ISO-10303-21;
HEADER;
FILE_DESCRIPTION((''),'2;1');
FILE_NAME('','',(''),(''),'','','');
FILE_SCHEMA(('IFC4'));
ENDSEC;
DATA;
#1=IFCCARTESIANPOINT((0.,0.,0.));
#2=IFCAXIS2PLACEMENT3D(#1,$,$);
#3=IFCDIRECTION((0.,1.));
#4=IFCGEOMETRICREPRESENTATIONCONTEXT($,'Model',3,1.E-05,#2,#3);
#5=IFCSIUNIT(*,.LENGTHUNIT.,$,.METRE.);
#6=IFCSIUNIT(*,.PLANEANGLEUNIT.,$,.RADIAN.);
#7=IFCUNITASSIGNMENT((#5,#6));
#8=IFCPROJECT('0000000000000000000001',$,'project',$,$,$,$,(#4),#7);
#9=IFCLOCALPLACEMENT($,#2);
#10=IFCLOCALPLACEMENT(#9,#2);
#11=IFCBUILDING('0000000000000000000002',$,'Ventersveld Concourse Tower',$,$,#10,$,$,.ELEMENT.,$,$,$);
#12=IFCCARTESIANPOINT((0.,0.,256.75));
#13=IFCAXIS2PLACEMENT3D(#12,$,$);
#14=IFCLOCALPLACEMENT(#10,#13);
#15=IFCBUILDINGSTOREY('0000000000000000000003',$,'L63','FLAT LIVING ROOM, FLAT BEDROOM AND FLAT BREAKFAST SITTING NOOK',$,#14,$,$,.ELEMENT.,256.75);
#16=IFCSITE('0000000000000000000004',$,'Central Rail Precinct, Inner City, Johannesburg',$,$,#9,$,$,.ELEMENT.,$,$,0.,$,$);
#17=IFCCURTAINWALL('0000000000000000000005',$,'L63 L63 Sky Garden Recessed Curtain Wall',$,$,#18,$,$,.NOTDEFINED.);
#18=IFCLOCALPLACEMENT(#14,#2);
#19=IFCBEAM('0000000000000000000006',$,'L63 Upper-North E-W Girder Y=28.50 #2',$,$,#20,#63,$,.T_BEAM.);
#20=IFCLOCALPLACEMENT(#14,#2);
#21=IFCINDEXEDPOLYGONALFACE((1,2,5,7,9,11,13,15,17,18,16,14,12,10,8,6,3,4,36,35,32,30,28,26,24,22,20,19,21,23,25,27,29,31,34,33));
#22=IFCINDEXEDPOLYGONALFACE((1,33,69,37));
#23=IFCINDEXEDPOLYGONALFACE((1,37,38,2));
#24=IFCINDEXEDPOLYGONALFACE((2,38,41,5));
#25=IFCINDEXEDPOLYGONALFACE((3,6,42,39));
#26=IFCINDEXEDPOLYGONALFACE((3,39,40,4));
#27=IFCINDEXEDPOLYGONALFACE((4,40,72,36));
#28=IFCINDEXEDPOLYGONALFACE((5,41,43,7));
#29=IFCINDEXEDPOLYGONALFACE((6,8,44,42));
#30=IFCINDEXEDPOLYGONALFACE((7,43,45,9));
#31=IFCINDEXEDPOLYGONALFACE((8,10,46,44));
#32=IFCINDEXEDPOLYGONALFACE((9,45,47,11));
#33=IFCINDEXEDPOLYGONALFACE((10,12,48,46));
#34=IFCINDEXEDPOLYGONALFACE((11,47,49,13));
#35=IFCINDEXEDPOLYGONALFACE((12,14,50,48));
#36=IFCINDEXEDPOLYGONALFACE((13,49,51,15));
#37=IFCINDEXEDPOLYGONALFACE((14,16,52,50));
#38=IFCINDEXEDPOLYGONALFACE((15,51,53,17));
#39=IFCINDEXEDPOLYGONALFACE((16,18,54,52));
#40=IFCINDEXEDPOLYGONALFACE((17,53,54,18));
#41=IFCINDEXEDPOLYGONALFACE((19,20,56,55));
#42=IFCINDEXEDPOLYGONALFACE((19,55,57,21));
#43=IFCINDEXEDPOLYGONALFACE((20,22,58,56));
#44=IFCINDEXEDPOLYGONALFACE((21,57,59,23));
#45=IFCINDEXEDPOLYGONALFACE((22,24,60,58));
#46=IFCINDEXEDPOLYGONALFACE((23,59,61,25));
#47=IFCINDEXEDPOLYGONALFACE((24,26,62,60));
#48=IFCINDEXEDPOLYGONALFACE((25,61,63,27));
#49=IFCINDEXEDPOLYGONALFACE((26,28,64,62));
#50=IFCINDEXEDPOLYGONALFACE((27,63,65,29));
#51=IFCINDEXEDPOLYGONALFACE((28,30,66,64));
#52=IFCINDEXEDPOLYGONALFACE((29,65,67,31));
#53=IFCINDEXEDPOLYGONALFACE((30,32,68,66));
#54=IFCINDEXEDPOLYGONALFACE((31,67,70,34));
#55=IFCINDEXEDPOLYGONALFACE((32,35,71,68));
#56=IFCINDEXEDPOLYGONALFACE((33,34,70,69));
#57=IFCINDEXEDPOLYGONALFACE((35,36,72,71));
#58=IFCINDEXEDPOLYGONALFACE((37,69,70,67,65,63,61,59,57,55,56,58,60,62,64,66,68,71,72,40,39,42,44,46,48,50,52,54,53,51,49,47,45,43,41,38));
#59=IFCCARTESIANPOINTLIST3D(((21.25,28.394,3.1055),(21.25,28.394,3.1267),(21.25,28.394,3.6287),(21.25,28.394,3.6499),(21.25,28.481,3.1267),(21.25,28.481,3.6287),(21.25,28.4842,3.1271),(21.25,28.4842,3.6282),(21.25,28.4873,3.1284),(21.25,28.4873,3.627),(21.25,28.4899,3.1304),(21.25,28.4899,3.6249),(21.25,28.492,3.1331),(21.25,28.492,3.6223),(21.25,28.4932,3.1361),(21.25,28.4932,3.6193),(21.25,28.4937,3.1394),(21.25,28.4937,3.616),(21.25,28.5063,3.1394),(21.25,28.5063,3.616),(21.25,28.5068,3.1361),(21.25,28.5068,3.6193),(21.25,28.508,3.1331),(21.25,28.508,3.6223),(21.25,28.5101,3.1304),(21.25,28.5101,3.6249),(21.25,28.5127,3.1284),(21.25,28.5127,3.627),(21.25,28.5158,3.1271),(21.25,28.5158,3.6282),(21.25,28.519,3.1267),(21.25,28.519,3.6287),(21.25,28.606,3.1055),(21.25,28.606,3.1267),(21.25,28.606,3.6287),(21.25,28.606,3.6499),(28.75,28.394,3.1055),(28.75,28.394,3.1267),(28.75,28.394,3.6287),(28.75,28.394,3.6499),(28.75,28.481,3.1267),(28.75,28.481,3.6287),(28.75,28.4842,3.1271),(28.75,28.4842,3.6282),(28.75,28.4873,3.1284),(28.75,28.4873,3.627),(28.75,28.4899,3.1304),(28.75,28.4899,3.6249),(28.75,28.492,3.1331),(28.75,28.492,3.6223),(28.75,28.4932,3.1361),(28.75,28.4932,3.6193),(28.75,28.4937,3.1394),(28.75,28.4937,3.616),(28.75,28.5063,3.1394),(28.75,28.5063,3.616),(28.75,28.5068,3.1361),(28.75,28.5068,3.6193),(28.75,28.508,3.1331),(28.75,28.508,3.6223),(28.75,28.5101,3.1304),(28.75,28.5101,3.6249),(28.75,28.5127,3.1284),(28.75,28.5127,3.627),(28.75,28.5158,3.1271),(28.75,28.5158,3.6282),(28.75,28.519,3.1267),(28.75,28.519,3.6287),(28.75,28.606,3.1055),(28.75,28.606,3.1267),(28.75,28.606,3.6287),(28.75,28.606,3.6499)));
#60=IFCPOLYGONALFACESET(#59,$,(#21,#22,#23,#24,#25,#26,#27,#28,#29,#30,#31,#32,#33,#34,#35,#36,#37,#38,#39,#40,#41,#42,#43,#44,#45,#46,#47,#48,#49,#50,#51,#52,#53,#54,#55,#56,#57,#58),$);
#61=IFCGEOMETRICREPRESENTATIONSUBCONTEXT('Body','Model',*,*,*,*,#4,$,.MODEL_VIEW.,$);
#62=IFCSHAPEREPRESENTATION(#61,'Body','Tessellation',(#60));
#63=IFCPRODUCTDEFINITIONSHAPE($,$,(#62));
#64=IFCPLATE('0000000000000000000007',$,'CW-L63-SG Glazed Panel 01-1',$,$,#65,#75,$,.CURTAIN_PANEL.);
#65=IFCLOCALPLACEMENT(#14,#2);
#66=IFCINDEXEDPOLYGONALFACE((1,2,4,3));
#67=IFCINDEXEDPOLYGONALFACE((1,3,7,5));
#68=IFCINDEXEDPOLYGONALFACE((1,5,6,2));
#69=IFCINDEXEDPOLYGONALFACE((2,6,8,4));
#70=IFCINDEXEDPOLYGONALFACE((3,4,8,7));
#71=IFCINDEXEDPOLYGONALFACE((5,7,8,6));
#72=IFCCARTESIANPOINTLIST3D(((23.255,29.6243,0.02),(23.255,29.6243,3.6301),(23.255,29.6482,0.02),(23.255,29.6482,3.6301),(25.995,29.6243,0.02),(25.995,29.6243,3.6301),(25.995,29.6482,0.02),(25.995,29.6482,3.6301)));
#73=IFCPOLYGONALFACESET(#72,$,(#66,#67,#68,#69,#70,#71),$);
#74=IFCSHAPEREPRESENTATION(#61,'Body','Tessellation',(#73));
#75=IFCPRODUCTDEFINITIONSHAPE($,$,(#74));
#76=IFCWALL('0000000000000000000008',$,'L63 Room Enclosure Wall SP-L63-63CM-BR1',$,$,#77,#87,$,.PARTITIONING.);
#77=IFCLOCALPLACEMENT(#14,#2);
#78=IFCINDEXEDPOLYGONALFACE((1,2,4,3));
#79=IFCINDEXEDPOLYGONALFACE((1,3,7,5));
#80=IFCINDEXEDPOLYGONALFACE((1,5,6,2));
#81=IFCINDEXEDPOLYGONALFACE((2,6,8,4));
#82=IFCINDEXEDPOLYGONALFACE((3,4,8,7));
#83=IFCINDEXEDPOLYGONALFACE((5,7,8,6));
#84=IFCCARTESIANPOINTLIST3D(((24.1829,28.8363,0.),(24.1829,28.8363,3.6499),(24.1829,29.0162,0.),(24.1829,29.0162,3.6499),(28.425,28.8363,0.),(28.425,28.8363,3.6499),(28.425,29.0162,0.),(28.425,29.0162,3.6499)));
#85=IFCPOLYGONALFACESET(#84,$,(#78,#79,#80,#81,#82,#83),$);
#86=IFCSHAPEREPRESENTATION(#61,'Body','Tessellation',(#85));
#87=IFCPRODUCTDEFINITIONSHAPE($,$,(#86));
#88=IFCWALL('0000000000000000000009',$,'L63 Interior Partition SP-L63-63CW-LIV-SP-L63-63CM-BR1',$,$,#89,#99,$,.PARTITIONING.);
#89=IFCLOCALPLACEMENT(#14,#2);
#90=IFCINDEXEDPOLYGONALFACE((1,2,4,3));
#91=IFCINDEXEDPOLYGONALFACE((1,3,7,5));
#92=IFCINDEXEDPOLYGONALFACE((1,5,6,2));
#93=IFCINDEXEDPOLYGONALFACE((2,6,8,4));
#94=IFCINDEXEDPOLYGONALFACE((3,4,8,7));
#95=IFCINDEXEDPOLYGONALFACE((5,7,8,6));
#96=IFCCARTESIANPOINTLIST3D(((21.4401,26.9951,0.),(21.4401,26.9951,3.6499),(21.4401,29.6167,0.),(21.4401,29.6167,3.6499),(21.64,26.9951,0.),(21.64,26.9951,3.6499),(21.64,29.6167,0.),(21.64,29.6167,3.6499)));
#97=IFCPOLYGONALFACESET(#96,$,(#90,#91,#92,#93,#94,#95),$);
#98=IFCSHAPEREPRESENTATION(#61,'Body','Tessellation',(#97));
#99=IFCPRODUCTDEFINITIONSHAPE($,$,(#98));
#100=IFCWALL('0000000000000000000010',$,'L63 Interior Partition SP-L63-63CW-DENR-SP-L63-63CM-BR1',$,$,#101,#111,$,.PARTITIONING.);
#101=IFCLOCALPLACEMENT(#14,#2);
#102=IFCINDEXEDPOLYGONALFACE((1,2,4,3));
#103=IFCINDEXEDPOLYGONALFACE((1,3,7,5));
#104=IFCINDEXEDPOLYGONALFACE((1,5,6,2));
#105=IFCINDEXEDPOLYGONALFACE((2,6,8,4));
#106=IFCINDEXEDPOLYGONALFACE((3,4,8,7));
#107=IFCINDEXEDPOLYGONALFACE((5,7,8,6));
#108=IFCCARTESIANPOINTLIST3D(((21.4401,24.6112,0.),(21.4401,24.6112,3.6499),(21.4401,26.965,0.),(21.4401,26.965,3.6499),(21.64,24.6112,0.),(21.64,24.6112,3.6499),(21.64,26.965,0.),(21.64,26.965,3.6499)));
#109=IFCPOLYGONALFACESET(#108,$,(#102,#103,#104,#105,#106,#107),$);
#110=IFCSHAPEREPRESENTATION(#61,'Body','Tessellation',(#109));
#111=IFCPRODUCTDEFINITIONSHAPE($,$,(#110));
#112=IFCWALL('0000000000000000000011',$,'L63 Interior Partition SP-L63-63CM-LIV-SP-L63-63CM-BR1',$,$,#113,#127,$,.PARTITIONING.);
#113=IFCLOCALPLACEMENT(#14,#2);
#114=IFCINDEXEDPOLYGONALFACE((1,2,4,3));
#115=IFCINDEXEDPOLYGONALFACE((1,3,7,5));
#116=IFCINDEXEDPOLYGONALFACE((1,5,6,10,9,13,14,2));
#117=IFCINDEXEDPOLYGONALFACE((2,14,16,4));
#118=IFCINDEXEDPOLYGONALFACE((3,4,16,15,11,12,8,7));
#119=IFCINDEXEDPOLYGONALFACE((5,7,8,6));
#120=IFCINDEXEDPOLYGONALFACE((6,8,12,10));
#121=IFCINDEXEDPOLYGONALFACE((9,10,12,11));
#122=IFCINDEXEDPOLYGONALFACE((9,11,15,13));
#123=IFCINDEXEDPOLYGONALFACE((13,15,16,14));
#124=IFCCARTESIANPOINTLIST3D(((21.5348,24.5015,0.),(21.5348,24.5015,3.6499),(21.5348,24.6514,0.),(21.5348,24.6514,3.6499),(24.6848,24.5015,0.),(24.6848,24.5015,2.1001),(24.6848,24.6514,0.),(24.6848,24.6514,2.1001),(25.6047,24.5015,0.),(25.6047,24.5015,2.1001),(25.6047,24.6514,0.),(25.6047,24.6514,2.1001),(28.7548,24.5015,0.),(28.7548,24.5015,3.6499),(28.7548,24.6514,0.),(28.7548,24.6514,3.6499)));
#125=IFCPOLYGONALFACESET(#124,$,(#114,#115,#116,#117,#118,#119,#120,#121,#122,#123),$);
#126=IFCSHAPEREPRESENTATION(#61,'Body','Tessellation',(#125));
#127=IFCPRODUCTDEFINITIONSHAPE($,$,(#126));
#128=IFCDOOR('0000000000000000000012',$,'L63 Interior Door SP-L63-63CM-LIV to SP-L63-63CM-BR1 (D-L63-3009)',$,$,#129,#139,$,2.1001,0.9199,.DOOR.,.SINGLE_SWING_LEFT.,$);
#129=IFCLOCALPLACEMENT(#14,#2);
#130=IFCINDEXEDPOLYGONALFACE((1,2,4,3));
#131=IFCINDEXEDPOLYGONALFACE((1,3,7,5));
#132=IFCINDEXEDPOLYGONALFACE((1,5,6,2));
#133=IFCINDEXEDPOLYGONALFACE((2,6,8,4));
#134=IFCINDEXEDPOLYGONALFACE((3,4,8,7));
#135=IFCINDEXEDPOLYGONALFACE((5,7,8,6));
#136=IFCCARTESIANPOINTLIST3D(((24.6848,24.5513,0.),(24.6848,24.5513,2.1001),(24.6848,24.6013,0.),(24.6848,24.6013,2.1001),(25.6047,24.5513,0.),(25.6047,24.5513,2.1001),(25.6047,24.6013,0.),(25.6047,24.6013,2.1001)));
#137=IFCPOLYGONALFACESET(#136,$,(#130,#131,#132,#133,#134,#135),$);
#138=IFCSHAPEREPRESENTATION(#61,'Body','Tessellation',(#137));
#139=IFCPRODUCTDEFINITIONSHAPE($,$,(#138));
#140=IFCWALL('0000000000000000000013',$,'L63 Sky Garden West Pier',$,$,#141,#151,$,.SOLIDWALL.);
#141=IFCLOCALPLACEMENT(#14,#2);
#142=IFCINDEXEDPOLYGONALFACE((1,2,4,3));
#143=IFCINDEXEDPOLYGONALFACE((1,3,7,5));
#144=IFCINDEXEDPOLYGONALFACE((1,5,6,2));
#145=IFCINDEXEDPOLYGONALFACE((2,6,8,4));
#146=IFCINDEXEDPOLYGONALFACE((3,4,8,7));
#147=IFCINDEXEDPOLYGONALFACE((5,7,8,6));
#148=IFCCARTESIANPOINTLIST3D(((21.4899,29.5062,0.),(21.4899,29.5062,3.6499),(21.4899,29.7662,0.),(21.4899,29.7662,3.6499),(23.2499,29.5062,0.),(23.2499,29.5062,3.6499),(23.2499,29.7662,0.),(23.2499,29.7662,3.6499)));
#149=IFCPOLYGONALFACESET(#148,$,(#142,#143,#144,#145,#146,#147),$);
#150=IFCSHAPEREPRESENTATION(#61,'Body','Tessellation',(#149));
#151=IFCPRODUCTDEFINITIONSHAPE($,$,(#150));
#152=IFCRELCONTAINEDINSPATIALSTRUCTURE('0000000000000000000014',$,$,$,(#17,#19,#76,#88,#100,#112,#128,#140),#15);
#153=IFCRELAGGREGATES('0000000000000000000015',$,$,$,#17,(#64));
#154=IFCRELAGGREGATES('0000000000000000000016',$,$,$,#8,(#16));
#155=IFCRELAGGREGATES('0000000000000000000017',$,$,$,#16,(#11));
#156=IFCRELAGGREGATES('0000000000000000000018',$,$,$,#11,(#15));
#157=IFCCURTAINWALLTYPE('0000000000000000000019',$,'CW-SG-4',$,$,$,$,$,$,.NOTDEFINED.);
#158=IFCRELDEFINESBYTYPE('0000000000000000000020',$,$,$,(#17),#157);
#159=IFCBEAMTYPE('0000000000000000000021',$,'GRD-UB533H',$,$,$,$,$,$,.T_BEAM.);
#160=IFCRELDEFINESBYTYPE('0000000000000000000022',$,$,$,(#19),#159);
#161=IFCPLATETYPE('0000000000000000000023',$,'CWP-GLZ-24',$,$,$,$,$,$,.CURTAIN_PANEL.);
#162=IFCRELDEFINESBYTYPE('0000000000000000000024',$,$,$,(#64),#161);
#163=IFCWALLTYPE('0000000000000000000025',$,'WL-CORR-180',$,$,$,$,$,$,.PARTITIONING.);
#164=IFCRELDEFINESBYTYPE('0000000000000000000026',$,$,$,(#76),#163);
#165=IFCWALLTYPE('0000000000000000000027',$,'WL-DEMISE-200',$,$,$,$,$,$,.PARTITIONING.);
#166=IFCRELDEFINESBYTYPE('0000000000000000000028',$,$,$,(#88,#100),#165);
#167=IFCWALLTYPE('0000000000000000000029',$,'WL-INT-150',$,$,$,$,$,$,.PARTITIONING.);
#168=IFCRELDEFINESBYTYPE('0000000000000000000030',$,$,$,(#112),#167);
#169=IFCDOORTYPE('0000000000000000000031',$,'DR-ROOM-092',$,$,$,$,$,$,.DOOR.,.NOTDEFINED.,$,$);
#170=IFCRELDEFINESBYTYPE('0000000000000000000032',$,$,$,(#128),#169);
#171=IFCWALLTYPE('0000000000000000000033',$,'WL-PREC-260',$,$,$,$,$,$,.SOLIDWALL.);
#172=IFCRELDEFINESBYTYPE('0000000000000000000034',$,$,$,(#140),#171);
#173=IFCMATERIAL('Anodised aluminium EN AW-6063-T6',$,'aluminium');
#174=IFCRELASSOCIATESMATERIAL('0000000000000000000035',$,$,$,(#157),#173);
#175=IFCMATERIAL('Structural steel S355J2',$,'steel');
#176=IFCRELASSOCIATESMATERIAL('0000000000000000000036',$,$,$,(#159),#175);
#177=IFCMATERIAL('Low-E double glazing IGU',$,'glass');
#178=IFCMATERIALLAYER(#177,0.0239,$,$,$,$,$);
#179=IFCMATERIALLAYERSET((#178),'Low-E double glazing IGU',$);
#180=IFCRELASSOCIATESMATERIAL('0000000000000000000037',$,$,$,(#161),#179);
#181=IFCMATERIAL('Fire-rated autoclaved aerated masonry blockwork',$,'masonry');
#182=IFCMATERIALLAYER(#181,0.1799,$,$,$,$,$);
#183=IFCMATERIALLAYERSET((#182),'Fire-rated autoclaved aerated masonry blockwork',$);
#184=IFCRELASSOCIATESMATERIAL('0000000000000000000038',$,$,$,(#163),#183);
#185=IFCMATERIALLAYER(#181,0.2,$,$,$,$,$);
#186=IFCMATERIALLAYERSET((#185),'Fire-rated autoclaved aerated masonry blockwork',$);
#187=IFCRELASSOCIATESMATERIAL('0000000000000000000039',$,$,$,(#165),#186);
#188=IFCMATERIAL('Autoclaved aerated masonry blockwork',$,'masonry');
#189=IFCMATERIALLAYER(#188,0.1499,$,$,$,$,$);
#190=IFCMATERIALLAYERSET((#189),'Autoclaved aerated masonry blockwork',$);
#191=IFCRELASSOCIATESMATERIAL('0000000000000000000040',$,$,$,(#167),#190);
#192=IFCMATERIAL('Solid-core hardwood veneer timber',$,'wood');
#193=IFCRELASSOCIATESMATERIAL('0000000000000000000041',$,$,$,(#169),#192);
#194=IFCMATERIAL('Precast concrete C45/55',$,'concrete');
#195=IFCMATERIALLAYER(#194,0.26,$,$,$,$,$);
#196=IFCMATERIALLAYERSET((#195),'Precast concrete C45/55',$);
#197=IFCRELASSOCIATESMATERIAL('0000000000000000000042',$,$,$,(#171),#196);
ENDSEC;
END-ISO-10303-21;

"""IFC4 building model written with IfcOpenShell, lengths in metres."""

from ifc_helpers import new_model, si_unit, direction, frame, frame_2d, origin, origin_2d, place, context, subcontext, project, spatial, rectangle, i_section, extrude, material, layer, layer_set, material_profile, profile_set, type_object, element, fill, aggregate, save


model = new_model("IFC4")

# Units and contexts
model_context = context("Model", 3, precision=1e-05, world=origin(), true_north=direction((0.0, 1.0)))
body_context = subcontext(model_context, "Body", "Model", "MODEL_VIEW")
ifc_project = project(units=[si_unit("LENGTHUNIT", "METRE"), si_unit("PLANEANGLEUNIT", "RADIAN")], contexts=[model_context])

# Site, building, storey
site_placement = place(None, origin())
site = spatial("IfcSite", under=ifc_project, at=site_placement, Name="Central Rail Precinct, Inner City, Johannesburg", CompositionType="ELEMENT", RefElevation=0.0)
building_placement = place(site_placement, origin())
building = spatial("IfcBuilding", under=site, at=building_placement, Name="Ventersveld Concourse Tower", CompositionType="ELEMENT")
storey_placement = place(building_placement, frame((0.0, 0.0, 256.75)))
storey = spatial("IfcBuildingStorey", under=building, at=storey_placement, Name="L63", Description="FLAT LIVING ROOM, FLAT BEDROOM AND FLAT BREAKFAST SITTING NOOK", CompositionType="ELEMENT", Elevation=256.75)

# Shared definitions
ifc_material_1 = material(Name="Structural steel S355J2", Category="steel")

# Curtain wall
ifc_material_2 = material(Name="Anodised aluminium EN AW-6063-T6", Category="aluminium")
curtain_wall_type = type_object("IfcCurtainWallType", Name="CW-SG-4", PredefinedType="NOTDEFINED", material=ifc_material_2)
curtain_wall_placement = place(storey_placement, origin())
curtain_wall = element("IfcCurtainWall", 1, at=curtain_wall_placement, inside=storey, type_object=curtain_wall_type, Name="L63 L63 Sky Garden Recessed Curtain Wall", PredefinedType="NOTDEFINED")

# Beam
ifc_material_profile_1 = material_profile(ifc_material_1, i_section(OverallWidth=0.2119, OverallDepth=0.5444, WebThickness=0.0127, FlangeThickness=0.0212, FilletRadius=0.0127, at=origin_2d()), Name="UB 533x210x122")
ifc_profile_set_1 = profile_set([ifc_material_profile_1], Name="Structural steel S355J2")
beam_type_1 = type_object("IfcBeamType", Name="GRD-UB533H", PredefinedType="T_BEAM", material=ifc_profile_set_1)
beam_1_placement = place(storey_placement, frame((21.25, 28.5, 3.3777), z_axis=(1.0, 0.0, 0.0), x_axis=(0.0, 1.0, 0.0)))
element("IfcBeam", 2, at=beam_1_placement, inside=storey, type_object=beam_type_1, Name="L63 Upper-North E-W Girder Y=28.50 #2", PredefinedType="T_BEAM", context=body_context, shape_type="SweptSolid", body=[
    extrude(i_section(OverallWidth=0.2119, OverallDepth=0.5444, WebThickness=0.0127, FlangeThickness=0.0212, FilletRadius=0.0127, at=origin_2d()), origin(), (0.0, 0.0, 1.0), 7.5),
])

# Plate
ifc_material_3 = material(Name="Low-E double glazing IGU", Category="glass")
ifc_layer_1 = layer(ifc_material_3, 0.0239)
ifc_layer_set_1 = layer_set([ifc_layer_1], Name="Low-E double glazing IGU")
plate_type = type_object("IfcPlateType", Name="CWP-GLZ-24", PredefinedType="CURTAIN_PANEL", material=ifc_layer_set_1)
plate_placement = place(storey_placement, frame((24.625, 29.6362, 0.02), z_axis=(0.0, 0.0, 1.0), x_axis=(1.0, 0.0, 0.0)))
plate = element("IfcPlate", 3, at=plate_placement, type_object=plate_type, Name="CW-L63-SG Glazed Panel 01-1", PredefinedType="CURTAIN_PANEL", context=body_context, shape_type="SweptSolid", body=[
    extrude(rectangle(XDim=2.74, YDim=0.0239, at=origin_2d()), origin(), (0.0, 0.0, 1.0), 3.6101),
])
aggregate(curtain_wall, [plate])

# Walls
ifc_material_4 = material(Name="Fire-rated autoclaved aerated masonry blockwork", Category="masonry")
ifc_layer_2 = layer(ifc_material_4, 0.1799)
ifc_layer_set_2 = layer_set([ifc_layer_2], Name="Fire-rated autoclaved aerated masonry blockwork")
wall_type_1 = type_object("IfcWallType", Name="WL-CORR-180", PredefinedType="PARTITIONING", material=ifc_layer_set_2)
wall_1_placement = place(storey_placement, frame((24.1829, 28.9263, 0.0), z_axis=(0.0, 0.0, 1.0), x_axis=(1.0, 0.0, 0.0)))
element("IfcWall", 4, at=wall_1_placement, inside=storey, type_object=wall_type_1, Name="L63 Room Enclosure Wall SP-L63-63CM-BR1", PredefinedType="PARTITIONING", context=body_context, shape_type="SweptSolid", body=[
    extrude(rectangle(XDim=4.2422, YDim=0.1799, at=frame_2d((2.1211, 0.0))), origin(), (0.0, 0.0, 1.0), 3.6499),
])
ifc_layer_3 = layer(ifc_material_4, 0.2)
ifc_layer_set_3 = layer_set([ifc_layer_3], Name="Fire-rated autoclaved aerated masonry blockwork")
wall_type_2 = type_object("IfcWallType", Name="WL-DEMISE-200", PredefinedType="PARTITIONING", material=ifc_layer_set_3)
wall_2_placement = place(storey_placement, frame((21.54, 26.9951, 0.0), z_axis=(0.0, 0.0, 1.0), x_axis=(0.0, 1.0, 0.0)))
element("IfcWall", 5, at=wall_2_placement, inside=storey, type_object=wall_type_2, Name="L63 Interior Partition SP-L63-63CW-LIV-SP-L63-63CM-BR1", PredefinedType="PARTITIONING", context=body_context, shape_type="SweptSolid", body=[
    extrude(rectangle(XDim=2.6216, YDim=0.2, at=frame_2d((1.3108, 0.0))), origin(), (0.0, 0.0, 1.0), 3.6499),
])
wall_3_placement = place(storey_placement, frame((21.54, 24.6113, 0.0), z_axis=(0.0, 0.0, 1.0), x_axis=(0.0, 1.0, 0.0)))
element("IfcWall", 6, at=wall_3_placement, inside=storey, type_object=wall_type_2, Name="L63 Interior Partition SP-L63-63CW-DENR-SP-L63-63CM-BR1", PredefinedType="PARTITIONING", context=body_context, shape_type="SweptSolid", body=[
    extrude(rectangle(XDim=2.3538, YDim=0.2, at=frame_2d((1.1768, 0.0))), origin(), (0.0, 0.0, 1.0), 3.6499),
])

# Wall, opening, door
ifc_material_5 = material(Name="Autoclaved aerated masonry blockwork", Category="masonry")
ifc_layer_4 = layer(ifc_material_5, 0.1499)
ifc_layer_set_4 = layer_set([ifc_layer_4], Name="Autoclaved aerated masonry blockwork")
wall_type_3 = type_object("IfcWallType", Name="WL-INT-150", PredefinedType="PARTITIONING", material=ifc_layer_set_4)
wall_4_placement = place(storey_placement, frame((21.5349, 24.5764, 0.0), z_axis=(0.0, 0.0, 1.0), x_axis=(1.0, 0.0, 0.0)))
wall_4 = element("IfcWall", 7, at=wall_4_placement, inside=storey, type_object=wall_type_3, Name="L63 Interior Partition SP-L63-63CM-LIV-SP-L63-63CM-BR1", PredefinedType="PARTITIONING", context=body_context, shape_type="SweptSolid", body=[
    extrude(rectangle(XDim=7.22, YDim=0.1499, at=frame_2d((3.6099, 0.0))), origin(), (0.0, 0.0, 1.0), 3.6499),
])
opening_1_placement = place(wall_4_placement, frame((3.1499, 0.0, 0.0)))
opening_1 = element("IfcOpeningElement", 8, at=opening_1_placement, cuts=wall_4, PredefinedType="OPENING", context=body_context, shape_type="SweptSolid", body=[
    extrude(rectangle(XDim=0.9199, YDim=2.1001, at=frame_2d((0.46, 1.05))), frame((0.0, 0.085, 0.0), z_axis=(0.0, -1.0, 0.0), x_axis=(1.0, 0.0, 0.0)), (0.0, 0.0, 1.0), 0.1699),
])
ifc_material_6 = material(Name="Solid-core hardwood veneer timber", Category="wood")
door_type = type_object("IfcDoorType", Name="DR-ROOM-092", OperationType="NOTDEFINED", PredefinedType="DOOR", material=ifc_material_6)
door_placement = place(opening_1_placement, origin())
door = element("IfcDoor", 9, at=door_placement, inside=storey, type_object=door_type, Name="L63 Interior Door SP-L63-63CM-LIV to SP-L63-63CM-BR1 (D-L63-3009)", OperationType="SINGLE_SWING_LEFT", OverallHeight=2.1001, OverallWidth=0.9199, PredefinedType="DOOR", context=body_context, shape_type="SweptSolid", body=[
    extrude(rectangle(XDim=0.9199, YDim=2.1001, at=frame_2d((0.46, 1.05))), frame((0.0, 0.0249, 0.0), z_axis=(0.0, -1.0, 0.0), x_axis=(1.0, 0.0, 0.0)), (0.0, 0.0, 1.0), 0.05),
])
fill(opening_1, door)

# Wall
ifc_material_7 = material(Name="Precast concrete C45/55", Category="concrete")
ifc_layer_5 = layer(ifc_material_7, 0.26)
ifc_layer_set_5 = layer_set([ifc_layer_5], Name="Precast concrete C45/55")
wall_type_4 = type_object("IfcWallType", Name="WL-PREC-260", PredefinedType="SOLIDWALL", material=ifc_layer_set_5)
wall_5_placement = place(storey_placement, frame((21.49, 29.6362, 0.0), z_axis=(0.0, 0.0, 1.0), x_axis=(1.0, 0.0, 0.0)))
element("IfcWall", 10, at=wall_5_placement, inside=storey, type_object=wall_type_4, Name="L63 Sky Garden West Pier", PredefinedType="SOLIDWALL", context=body_context, shape_type="SweptSolid", body=[
    extrude(rectangle(XDim=1.76, YDim=0.26, at=frame_2d((0.8799, 0.0))), origin(), (0.0, 0.0, 1.0), 3.6499),
])

save(model, "model.ifc")
